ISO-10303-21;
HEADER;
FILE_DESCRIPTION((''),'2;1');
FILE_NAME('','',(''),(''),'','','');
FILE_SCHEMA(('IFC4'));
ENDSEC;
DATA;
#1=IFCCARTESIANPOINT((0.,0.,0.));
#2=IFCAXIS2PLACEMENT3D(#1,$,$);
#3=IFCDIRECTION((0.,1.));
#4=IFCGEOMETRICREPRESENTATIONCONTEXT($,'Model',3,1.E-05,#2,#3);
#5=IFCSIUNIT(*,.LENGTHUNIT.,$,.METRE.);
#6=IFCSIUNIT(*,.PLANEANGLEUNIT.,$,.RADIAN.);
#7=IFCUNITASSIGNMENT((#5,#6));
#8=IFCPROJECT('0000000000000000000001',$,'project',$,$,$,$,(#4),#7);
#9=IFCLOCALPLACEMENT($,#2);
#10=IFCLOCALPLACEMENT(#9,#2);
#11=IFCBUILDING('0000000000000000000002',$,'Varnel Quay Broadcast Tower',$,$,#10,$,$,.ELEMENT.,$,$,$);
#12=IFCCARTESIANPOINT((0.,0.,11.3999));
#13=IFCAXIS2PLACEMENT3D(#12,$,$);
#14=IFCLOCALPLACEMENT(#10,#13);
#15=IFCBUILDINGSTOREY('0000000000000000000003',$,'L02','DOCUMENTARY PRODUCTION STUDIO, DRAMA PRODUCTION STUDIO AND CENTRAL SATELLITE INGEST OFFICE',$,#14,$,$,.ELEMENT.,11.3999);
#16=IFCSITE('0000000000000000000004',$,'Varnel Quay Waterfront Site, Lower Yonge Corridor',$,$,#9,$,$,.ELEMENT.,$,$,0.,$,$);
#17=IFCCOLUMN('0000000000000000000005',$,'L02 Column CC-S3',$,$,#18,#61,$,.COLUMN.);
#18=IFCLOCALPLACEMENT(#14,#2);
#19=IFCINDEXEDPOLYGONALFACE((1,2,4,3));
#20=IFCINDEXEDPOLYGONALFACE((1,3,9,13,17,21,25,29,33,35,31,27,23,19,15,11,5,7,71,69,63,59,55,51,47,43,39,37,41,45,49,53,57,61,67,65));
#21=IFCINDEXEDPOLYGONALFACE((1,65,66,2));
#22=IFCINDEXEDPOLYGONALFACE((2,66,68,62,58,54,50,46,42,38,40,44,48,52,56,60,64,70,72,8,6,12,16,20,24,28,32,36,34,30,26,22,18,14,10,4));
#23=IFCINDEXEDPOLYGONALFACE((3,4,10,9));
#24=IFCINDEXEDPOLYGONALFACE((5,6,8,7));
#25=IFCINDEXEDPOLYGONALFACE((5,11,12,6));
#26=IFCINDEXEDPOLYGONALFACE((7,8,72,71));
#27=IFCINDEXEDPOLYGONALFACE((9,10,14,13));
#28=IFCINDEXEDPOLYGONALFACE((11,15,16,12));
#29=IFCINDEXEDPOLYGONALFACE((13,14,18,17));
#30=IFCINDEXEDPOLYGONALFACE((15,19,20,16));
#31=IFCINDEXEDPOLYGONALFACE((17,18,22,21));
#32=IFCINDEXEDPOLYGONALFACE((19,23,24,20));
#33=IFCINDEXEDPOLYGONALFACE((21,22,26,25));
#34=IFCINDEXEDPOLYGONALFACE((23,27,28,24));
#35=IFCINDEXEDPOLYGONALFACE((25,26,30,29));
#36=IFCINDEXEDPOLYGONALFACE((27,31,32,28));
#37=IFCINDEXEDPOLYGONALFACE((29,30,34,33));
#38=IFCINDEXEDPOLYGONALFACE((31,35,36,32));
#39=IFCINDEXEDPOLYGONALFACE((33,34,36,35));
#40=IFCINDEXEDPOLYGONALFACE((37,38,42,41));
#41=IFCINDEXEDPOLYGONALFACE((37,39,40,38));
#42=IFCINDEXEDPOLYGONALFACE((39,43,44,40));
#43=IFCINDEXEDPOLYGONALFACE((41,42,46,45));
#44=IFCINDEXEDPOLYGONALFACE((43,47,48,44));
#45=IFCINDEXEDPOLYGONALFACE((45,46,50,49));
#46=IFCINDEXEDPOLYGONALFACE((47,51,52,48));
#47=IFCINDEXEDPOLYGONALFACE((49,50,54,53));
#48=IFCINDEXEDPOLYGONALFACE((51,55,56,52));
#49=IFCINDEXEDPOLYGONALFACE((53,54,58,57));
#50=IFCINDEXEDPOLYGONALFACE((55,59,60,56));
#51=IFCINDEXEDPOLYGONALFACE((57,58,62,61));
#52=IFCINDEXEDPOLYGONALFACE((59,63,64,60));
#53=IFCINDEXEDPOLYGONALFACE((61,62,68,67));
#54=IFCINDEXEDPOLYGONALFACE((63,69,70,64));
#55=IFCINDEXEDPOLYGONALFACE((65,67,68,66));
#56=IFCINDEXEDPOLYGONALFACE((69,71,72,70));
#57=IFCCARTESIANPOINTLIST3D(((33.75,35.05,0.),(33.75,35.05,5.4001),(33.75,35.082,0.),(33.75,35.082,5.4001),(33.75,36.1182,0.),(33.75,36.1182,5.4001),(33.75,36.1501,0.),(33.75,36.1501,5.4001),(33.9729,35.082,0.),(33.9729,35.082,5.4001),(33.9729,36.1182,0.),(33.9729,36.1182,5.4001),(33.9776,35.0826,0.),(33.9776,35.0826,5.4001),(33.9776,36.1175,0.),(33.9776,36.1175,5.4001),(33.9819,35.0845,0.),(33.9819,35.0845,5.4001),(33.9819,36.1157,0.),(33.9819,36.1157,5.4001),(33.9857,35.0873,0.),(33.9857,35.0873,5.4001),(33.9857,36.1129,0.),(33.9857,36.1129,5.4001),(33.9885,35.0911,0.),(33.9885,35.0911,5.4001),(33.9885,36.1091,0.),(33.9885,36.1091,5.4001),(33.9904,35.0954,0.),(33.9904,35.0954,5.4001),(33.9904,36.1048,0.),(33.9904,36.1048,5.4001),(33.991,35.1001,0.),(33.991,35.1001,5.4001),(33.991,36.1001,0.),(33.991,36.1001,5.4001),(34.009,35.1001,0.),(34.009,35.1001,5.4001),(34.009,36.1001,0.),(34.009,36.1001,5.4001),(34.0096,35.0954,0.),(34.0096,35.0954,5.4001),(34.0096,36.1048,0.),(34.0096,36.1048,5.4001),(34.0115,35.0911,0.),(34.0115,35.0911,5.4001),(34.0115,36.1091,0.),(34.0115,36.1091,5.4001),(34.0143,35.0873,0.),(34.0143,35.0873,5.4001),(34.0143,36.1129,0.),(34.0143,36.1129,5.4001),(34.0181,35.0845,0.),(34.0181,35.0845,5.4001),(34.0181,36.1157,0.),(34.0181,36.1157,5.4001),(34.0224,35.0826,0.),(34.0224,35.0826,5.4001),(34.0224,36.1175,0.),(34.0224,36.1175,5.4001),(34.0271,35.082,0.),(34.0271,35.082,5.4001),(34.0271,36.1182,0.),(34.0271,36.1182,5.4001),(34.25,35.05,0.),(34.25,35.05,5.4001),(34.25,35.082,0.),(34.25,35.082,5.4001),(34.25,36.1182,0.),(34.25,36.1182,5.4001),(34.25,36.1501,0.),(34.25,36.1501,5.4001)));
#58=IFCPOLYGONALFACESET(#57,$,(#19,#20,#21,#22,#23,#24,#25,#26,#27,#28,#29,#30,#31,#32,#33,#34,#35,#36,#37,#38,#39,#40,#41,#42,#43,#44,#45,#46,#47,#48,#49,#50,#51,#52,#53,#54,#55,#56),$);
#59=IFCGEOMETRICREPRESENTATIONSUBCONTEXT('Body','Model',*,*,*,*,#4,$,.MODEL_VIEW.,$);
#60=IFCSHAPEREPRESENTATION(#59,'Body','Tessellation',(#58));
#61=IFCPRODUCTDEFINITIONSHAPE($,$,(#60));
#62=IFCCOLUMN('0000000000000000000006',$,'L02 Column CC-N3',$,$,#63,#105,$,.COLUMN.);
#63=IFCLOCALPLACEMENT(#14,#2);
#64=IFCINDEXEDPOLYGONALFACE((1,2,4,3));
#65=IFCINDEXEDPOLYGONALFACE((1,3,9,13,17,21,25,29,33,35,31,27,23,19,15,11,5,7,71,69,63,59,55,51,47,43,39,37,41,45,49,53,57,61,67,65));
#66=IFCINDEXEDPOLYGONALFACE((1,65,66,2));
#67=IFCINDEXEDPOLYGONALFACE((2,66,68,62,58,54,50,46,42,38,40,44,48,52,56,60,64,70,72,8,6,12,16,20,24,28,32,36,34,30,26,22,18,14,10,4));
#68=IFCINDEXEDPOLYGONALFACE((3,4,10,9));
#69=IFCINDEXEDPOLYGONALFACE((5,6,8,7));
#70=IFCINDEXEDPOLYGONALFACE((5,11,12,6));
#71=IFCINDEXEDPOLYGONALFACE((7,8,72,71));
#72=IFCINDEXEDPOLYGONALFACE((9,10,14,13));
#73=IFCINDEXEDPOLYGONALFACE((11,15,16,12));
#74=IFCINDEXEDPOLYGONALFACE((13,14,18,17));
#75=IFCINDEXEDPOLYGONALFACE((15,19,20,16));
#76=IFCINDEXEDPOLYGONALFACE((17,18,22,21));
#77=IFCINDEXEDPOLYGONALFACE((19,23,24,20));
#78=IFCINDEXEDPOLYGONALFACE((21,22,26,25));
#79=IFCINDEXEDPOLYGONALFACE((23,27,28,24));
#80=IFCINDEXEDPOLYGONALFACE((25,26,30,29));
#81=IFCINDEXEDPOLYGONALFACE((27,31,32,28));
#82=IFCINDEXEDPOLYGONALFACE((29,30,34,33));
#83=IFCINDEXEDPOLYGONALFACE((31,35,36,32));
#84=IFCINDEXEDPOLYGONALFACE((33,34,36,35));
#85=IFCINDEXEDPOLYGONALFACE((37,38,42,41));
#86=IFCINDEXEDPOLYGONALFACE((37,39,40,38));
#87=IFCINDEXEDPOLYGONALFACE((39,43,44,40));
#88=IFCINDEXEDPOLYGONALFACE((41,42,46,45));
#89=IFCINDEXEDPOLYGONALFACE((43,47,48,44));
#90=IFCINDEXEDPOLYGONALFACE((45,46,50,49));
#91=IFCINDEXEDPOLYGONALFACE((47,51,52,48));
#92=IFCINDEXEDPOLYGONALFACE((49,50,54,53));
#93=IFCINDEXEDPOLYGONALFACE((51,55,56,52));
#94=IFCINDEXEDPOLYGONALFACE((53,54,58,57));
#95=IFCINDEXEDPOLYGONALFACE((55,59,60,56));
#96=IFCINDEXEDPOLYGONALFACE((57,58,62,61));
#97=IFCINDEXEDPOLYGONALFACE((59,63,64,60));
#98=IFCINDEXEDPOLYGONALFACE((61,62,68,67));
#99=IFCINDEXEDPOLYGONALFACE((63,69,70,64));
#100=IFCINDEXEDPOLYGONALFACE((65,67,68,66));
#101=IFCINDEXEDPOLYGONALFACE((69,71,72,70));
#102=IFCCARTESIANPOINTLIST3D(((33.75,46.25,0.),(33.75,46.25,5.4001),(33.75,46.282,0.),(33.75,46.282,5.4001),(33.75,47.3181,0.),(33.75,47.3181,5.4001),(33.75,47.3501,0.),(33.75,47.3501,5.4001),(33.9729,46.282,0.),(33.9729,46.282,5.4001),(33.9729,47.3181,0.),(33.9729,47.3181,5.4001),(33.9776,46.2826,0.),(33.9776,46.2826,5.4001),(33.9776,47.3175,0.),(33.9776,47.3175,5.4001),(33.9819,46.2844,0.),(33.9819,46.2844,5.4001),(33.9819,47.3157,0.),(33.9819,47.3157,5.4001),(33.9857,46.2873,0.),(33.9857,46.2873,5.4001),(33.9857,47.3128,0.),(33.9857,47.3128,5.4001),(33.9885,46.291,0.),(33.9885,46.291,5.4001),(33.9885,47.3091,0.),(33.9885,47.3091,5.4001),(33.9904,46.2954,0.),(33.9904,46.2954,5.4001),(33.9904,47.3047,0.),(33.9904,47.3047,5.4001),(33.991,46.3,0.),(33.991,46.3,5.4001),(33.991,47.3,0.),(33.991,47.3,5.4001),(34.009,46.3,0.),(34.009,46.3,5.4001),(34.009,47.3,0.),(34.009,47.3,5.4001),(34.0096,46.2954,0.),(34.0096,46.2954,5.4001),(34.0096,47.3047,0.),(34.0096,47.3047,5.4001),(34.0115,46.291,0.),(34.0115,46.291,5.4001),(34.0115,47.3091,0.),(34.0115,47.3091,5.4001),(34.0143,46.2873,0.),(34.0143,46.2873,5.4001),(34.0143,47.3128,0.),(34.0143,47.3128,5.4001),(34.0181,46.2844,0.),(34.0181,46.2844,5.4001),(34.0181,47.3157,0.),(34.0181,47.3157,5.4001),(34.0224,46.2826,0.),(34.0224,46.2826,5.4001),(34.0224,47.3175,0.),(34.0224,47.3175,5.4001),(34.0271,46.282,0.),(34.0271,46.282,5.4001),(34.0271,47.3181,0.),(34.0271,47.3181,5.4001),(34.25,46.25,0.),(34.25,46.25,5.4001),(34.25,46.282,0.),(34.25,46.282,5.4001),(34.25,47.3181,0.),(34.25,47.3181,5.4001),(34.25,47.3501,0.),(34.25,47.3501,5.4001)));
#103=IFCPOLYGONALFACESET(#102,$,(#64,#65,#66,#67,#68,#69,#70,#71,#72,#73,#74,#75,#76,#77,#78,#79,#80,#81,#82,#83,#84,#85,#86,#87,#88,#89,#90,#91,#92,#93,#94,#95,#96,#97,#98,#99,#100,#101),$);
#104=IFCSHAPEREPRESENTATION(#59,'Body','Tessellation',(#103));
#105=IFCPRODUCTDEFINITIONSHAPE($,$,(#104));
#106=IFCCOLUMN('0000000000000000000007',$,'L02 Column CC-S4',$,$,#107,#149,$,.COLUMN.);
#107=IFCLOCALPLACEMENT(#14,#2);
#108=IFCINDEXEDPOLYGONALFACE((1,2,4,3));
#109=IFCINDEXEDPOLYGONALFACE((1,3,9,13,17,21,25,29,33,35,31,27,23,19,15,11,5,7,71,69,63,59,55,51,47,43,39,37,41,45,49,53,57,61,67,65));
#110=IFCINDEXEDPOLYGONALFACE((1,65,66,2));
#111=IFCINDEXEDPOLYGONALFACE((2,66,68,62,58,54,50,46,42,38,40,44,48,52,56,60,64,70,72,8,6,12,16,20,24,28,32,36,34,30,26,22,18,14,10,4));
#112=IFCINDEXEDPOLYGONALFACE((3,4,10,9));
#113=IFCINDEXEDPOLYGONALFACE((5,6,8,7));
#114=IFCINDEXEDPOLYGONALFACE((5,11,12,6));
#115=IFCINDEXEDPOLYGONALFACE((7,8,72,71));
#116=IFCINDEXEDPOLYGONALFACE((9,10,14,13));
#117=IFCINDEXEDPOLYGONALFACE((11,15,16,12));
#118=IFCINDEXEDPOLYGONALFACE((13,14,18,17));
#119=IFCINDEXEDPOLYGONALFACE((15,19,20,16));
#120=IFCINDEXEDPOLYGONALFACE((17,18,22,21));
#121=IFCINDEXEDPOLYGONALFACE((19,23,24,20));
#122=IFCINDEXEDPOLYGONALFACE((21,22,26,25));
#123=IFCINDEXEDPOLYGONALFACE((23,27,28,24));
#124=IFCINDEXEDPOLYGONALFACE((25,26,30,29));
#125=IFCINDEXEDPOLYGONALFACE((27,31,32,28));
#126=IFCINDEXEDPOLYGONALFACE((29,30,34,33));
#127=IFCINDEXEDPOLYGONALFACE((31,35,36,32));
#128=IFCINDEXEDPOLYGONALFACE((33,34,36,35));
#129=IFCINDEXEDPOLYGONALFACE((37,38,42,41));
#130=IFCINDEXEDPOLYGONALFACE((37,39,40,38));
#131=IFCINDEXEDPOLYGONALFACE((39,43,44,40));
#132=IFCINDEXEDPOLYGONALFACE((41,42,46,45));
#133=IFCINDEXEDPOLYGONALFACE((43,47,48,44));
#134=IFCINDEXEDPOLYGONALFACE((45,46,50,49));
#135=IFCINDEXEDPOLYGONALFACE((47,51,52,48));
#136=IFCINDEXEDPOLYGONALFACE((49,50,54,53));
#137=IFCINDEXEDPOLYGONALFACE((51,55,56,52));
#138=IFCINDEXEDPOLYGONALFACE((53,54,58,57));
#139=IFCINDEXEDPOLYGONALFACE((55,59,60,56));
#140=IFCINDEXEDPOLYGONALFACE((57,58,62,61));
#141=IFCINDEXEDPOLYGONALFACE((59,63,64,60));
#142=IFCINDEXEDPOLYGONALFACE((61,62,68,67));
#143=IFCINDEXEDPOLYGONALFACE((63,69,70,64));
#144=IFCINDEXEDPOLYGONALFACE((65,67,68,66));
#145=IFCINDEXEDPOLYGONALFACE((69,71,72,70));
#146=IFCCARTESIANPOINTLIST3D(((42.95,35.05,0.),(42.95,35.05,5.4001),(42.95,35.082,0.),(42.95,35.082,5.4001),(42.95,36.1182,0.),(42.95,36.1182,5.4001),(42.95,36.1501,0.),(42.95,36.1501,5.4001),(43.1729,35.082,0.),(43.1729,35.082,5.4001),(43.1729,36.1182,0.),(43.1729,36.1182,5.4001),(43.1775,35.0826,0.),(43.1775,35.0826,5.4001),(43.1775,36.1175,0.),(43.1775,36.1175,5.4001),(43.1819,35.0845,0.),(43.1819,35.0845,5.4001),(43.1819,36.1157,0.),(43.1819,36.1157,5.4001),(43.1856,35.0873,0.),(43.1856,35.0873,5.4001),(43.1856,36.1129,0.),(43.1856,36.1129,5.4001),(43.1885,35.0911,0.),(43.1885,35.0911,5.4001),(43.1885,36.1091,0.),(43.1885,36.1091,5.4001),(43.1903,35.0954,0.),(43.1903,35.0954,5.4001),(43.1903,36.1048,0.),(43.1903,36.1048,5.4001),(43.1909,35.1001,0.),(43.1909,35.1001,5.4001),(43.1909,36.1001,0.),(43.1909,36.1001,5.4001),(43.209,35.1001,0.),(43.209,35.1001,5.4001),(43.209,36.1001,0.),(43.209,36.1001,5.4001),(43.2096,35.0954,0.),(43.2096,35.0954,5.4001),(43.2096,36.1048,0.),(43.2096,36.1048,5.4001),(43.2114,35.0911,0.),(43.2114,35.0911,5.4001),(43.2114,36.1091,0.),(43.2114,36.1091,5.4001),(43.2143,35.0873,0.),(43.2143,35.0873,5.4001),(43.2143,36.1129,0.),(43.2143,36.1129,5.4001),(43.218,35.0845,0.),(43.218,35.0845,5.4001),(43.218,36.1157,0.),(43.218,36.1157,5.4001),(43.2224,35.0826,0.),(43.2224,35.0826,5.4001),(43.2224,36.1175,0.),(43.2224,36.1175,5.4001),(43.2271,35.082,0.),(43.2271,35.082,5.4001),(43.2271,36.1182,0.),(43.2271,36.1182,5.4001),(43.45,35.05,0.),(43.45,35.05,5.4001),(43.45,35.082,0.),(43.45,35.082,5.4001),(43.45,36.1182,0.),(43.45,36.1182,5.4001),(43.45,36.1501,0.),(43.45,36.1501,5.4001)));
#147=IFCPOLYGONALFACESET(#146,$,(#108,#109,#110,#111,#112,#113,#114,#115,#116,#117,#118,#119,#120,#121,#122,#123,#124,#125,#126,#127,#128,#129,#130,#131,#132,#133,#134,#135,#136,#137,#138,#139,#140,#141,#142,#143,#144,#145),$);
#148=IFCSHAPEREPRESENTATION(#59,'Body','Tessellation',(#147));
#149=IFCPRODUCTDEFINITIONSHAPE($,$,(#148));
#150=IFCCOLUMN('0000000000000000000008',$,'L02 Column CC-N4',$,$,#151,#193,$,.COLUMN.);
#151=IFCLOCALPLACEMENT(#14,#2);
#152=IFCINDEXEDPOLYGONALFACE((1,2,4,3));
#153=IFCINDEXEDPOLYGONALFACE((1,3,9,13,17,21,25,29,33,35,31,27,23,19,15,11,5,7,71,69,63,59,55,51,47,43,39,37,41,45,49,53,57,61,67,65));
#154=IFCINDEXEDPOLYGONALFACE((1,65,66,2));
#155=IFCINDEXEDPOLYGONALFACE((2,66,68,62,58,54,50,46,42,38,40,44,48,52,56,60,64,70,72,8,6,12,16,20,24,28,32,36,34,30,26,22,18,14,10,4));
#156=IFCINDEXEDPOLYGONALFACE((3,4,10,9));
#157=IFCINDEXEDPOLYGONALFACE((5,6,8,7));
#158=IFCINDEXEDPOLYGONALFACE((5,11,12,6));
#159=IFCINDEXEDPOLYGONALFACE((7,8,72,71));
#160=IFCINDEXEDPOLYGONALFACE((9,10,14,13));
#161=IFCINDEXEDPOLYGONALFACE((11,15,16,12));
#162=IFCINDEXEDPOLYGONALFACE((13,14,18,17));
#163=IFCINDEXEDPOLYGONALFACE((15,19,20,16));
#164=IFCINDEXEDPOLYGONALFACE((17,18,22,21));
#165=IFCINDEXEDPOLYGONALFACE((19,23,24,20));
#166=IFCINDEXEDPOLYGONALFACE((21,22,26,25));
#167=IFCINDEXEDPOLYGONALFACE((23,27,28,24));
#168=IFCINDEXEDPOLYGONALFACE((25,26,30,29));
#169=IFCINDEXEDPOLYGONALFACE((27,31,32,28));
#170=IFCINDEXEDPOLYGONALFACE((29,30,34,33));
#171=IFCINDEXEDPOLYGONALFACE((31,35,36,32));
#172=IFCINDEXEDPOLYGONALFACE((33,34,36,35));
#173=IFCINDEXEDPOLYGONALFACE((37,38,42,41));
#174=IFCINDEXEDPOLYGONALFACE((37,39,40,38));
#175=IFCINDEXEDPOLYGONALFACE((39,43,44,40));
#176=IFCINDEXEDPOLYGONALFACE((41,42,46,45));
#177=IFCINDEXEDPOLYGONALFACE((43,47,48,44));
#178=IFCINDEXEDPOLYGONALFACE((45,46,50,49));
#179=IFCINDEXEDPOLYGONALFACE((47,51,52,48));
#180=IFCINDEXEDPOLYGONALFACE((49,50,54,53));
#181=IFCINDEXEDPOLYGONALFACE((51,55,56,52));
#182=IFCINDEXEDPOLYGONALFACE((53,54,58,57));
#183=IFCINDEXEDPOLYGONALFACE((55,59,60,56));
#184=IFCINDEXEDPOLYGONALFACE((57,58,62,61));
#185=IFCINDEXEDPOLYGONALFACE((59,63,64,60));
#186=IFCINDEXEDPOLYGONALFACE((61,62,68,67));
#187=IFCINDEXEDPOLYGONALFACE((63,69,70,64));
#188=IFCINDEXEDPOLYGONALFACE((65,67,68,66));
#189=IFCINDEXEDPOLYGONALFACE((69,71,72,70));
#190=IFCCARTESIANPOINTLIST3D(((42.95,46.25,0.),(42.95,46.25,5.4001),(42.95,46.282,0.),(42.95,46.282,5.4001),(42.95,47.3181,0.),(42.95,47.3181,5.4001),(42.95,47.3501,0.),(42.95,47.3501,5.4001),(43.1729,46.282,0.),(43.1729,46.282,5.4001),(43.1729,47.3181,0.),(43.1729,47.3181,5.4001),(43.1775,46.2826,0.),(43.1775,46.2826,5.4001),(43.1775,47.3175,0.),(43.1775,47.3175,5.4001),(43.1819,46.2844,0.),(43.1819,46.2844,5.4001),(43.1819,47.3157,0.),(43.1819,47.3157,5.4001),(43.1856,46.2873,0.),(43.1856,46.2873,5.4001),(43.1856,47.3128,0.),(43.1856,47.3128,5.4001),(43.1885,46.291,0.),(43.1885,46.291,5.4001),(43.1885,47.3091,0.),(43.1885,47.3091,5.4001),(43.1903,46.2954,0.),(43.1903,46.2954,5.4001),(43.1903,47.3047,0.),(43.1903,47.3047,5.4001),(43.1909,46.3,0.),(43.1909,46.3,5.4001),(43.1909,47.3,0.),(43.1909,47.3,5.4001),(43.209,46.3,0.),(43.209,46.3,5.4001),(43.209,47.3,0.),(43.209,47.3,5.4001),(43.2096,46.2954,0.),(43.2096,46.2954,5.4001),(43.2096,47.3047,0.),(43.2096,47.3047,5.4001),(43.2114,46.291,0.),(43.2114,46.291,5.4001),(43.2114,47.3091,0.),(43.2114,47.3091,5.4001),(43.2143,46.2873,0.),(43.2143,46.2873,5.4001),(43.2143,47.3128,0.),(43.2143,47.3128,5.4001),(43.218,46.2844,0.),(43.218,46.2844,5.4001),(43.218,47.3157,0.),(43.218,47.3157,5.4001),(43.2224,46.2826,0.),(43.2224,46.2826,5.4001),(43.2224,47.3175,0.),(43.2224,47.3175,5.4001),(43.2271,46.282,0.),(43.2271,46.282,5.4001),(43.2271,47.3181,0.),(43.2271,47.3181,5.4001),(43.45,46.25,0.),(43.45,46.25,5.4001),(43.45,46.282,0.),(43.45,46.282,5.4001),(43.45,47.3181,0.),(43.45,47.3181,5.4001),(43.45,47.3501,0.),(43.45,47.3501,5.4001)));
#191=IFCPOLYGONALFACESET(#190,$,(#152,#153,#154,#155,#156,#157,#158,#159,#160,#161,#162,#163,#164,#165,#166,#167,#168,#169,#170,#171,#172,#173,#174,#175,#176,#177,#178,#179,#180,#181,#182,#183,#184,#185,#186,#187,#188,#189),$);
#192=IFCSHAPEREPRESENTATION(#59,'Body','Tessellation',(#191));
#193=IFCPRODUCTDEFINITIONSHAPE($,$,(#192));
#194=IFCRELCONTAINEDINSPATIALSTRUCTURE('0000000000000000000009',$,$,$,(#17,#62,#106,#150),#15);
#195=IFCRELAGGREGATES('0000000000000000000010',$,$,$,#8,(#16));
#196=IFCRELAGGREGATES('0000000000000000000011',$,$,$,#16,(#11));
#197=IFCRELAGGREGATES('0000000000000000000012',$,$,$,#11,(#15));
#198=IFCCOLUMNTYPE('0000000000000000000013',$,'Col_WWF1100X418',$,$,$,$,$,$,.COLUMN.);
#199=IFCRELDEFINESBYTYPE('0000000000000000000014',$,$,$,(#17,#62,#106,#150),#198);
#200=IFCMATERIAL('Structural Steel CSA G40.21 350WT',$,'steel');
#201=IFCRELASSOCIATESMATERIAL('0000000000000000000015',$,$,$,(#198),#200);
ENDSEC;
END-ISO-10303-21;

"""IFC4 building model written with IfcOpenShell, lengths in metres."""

from ifc_helpers import new_model, si_unit, direction, frame, origin, origin_2d, place, context, subcontext, project, spatial, i_section, extrude, source, transform, mapped, material, material_profile, profile_set, type_object, type_shapes, element, save


model = new_model("IFC4")

# Units and contexts
model_context = context("Model", 3, precision=1e-05, world=origin(), true_north=direction((0.0, 1.0)))
body_context = subcontext(model_context, "Body", "Model", "MODEL_VIEW")
ifc_project = project(units=[si_unit("LENGTHUNIT", "METRE"), si_unit("PLANEANGLEUNIT", "RADIAN")], contexts=[model_context])

# Site, building, storey
site_placement = place(None, origin())
site = spatial("IfcSite", under=ifc_project, at=site_placement, Name="Varnel Quay Waterfront Site, Lower Yonge Corridor", CompositionType="ELEMENT", RefElevation=0.0)
building_placement = place(site_placement, origin())
building = spatial("IfcBuilding", under=site, at=building_placement, Name="Varnel Quay Broadcast Tower", CompositionType="ELEMENT")
storey_placement = place(building_placement, frame((0.0, 0.0, 11.3999)))
storey = spatial("IfcBuildingStorey", under=building, at=storey_placement, Name="L02", Description="DOCUMENTARY PRODUCTION STUDIO, DRAMA PRODUCTION STUDIO AND CENTRAL SATELLITE INGEST OFFICE", CompositionType="ELEMENT", Elevation=11.3999)

# Columns
ifc_material_1 = material(Name="Structural Steel CSA G40.21 350WT", Category="steel")
ifc_material_profile_1 = material_profile(ifc_material_1, i_section(OverallWidth=0.5, OverallDepth=1.1001, WebThickness=0.0181, FlangeThickness=0.032, FilletRadius=0.0181, at=origin_2d()), Name="WWF1100X418")
ifc_profile_set_1 = profile_set([ifc_material_profile_1], Name="Structural Steel CSA G40.21 350WT")
column_type = type_object("IfcColumnType", Name="Col_WWF1100X418", PredefinedType="COLUMN", material=ifc_profile_set_1)
shared_shape_1 = source(origin(), body_context, "Body", "SweptSolid", [
    extrude(i_section(OverallWidth=0.5, OverallDepth=1.1001, WebThickness=0.0181, FlangeThickness=0.032, FilletRadius=0.0181, at=origin_2d()), origin(), (0.0, 0.0, 1.0), 5.4001),
])
type_shapes(column_type, [shared_shape_1])
for number, where, z_axis, x_axis, name in (
    (1, (34.0, 35.6001, 0.0), (0.0, 0.0, 1.0), (1.0, 0.0, 0.0), "L02 Column CC-S3"),
    (2, (34.0, 46.8, 0.0), (0.0, 0.0, 1.0), (1.0, 0.0, 0.0), "L02 Column CC-N3"),
    (3, (43.2, 35.6001, 0.0), (0.0, 0.0, 1.0), (1.0, 0.0, 0.0), "L02 Column CC-S4"),
    (4, (43.2, 46.8, 0.0), (0.0, 0.0, 1.0), (1.0, 0.0, 0.0), "L02 Column CC-N4"),
):
    element("IfcColumn", number, at=place(storey_placement, frame(where, z_axis=z_axis, x_axis=x_axis)), inside=storey, type_object=column_type, Name=name, PredefinedType="COLUMN", context=body_context, shape_type="MappedRepresentation", body=[
        mapped(shared_shape_1, transform((0.0, 0.0, 0.0), x_axis=(1.0, 0.0, 0.0), y_axis=(0.0, 1.0, 0.0), z_axis=(0.0, 0.0, 1.0), scale=1.0)),
    ])

save(model, "model.ifc")
